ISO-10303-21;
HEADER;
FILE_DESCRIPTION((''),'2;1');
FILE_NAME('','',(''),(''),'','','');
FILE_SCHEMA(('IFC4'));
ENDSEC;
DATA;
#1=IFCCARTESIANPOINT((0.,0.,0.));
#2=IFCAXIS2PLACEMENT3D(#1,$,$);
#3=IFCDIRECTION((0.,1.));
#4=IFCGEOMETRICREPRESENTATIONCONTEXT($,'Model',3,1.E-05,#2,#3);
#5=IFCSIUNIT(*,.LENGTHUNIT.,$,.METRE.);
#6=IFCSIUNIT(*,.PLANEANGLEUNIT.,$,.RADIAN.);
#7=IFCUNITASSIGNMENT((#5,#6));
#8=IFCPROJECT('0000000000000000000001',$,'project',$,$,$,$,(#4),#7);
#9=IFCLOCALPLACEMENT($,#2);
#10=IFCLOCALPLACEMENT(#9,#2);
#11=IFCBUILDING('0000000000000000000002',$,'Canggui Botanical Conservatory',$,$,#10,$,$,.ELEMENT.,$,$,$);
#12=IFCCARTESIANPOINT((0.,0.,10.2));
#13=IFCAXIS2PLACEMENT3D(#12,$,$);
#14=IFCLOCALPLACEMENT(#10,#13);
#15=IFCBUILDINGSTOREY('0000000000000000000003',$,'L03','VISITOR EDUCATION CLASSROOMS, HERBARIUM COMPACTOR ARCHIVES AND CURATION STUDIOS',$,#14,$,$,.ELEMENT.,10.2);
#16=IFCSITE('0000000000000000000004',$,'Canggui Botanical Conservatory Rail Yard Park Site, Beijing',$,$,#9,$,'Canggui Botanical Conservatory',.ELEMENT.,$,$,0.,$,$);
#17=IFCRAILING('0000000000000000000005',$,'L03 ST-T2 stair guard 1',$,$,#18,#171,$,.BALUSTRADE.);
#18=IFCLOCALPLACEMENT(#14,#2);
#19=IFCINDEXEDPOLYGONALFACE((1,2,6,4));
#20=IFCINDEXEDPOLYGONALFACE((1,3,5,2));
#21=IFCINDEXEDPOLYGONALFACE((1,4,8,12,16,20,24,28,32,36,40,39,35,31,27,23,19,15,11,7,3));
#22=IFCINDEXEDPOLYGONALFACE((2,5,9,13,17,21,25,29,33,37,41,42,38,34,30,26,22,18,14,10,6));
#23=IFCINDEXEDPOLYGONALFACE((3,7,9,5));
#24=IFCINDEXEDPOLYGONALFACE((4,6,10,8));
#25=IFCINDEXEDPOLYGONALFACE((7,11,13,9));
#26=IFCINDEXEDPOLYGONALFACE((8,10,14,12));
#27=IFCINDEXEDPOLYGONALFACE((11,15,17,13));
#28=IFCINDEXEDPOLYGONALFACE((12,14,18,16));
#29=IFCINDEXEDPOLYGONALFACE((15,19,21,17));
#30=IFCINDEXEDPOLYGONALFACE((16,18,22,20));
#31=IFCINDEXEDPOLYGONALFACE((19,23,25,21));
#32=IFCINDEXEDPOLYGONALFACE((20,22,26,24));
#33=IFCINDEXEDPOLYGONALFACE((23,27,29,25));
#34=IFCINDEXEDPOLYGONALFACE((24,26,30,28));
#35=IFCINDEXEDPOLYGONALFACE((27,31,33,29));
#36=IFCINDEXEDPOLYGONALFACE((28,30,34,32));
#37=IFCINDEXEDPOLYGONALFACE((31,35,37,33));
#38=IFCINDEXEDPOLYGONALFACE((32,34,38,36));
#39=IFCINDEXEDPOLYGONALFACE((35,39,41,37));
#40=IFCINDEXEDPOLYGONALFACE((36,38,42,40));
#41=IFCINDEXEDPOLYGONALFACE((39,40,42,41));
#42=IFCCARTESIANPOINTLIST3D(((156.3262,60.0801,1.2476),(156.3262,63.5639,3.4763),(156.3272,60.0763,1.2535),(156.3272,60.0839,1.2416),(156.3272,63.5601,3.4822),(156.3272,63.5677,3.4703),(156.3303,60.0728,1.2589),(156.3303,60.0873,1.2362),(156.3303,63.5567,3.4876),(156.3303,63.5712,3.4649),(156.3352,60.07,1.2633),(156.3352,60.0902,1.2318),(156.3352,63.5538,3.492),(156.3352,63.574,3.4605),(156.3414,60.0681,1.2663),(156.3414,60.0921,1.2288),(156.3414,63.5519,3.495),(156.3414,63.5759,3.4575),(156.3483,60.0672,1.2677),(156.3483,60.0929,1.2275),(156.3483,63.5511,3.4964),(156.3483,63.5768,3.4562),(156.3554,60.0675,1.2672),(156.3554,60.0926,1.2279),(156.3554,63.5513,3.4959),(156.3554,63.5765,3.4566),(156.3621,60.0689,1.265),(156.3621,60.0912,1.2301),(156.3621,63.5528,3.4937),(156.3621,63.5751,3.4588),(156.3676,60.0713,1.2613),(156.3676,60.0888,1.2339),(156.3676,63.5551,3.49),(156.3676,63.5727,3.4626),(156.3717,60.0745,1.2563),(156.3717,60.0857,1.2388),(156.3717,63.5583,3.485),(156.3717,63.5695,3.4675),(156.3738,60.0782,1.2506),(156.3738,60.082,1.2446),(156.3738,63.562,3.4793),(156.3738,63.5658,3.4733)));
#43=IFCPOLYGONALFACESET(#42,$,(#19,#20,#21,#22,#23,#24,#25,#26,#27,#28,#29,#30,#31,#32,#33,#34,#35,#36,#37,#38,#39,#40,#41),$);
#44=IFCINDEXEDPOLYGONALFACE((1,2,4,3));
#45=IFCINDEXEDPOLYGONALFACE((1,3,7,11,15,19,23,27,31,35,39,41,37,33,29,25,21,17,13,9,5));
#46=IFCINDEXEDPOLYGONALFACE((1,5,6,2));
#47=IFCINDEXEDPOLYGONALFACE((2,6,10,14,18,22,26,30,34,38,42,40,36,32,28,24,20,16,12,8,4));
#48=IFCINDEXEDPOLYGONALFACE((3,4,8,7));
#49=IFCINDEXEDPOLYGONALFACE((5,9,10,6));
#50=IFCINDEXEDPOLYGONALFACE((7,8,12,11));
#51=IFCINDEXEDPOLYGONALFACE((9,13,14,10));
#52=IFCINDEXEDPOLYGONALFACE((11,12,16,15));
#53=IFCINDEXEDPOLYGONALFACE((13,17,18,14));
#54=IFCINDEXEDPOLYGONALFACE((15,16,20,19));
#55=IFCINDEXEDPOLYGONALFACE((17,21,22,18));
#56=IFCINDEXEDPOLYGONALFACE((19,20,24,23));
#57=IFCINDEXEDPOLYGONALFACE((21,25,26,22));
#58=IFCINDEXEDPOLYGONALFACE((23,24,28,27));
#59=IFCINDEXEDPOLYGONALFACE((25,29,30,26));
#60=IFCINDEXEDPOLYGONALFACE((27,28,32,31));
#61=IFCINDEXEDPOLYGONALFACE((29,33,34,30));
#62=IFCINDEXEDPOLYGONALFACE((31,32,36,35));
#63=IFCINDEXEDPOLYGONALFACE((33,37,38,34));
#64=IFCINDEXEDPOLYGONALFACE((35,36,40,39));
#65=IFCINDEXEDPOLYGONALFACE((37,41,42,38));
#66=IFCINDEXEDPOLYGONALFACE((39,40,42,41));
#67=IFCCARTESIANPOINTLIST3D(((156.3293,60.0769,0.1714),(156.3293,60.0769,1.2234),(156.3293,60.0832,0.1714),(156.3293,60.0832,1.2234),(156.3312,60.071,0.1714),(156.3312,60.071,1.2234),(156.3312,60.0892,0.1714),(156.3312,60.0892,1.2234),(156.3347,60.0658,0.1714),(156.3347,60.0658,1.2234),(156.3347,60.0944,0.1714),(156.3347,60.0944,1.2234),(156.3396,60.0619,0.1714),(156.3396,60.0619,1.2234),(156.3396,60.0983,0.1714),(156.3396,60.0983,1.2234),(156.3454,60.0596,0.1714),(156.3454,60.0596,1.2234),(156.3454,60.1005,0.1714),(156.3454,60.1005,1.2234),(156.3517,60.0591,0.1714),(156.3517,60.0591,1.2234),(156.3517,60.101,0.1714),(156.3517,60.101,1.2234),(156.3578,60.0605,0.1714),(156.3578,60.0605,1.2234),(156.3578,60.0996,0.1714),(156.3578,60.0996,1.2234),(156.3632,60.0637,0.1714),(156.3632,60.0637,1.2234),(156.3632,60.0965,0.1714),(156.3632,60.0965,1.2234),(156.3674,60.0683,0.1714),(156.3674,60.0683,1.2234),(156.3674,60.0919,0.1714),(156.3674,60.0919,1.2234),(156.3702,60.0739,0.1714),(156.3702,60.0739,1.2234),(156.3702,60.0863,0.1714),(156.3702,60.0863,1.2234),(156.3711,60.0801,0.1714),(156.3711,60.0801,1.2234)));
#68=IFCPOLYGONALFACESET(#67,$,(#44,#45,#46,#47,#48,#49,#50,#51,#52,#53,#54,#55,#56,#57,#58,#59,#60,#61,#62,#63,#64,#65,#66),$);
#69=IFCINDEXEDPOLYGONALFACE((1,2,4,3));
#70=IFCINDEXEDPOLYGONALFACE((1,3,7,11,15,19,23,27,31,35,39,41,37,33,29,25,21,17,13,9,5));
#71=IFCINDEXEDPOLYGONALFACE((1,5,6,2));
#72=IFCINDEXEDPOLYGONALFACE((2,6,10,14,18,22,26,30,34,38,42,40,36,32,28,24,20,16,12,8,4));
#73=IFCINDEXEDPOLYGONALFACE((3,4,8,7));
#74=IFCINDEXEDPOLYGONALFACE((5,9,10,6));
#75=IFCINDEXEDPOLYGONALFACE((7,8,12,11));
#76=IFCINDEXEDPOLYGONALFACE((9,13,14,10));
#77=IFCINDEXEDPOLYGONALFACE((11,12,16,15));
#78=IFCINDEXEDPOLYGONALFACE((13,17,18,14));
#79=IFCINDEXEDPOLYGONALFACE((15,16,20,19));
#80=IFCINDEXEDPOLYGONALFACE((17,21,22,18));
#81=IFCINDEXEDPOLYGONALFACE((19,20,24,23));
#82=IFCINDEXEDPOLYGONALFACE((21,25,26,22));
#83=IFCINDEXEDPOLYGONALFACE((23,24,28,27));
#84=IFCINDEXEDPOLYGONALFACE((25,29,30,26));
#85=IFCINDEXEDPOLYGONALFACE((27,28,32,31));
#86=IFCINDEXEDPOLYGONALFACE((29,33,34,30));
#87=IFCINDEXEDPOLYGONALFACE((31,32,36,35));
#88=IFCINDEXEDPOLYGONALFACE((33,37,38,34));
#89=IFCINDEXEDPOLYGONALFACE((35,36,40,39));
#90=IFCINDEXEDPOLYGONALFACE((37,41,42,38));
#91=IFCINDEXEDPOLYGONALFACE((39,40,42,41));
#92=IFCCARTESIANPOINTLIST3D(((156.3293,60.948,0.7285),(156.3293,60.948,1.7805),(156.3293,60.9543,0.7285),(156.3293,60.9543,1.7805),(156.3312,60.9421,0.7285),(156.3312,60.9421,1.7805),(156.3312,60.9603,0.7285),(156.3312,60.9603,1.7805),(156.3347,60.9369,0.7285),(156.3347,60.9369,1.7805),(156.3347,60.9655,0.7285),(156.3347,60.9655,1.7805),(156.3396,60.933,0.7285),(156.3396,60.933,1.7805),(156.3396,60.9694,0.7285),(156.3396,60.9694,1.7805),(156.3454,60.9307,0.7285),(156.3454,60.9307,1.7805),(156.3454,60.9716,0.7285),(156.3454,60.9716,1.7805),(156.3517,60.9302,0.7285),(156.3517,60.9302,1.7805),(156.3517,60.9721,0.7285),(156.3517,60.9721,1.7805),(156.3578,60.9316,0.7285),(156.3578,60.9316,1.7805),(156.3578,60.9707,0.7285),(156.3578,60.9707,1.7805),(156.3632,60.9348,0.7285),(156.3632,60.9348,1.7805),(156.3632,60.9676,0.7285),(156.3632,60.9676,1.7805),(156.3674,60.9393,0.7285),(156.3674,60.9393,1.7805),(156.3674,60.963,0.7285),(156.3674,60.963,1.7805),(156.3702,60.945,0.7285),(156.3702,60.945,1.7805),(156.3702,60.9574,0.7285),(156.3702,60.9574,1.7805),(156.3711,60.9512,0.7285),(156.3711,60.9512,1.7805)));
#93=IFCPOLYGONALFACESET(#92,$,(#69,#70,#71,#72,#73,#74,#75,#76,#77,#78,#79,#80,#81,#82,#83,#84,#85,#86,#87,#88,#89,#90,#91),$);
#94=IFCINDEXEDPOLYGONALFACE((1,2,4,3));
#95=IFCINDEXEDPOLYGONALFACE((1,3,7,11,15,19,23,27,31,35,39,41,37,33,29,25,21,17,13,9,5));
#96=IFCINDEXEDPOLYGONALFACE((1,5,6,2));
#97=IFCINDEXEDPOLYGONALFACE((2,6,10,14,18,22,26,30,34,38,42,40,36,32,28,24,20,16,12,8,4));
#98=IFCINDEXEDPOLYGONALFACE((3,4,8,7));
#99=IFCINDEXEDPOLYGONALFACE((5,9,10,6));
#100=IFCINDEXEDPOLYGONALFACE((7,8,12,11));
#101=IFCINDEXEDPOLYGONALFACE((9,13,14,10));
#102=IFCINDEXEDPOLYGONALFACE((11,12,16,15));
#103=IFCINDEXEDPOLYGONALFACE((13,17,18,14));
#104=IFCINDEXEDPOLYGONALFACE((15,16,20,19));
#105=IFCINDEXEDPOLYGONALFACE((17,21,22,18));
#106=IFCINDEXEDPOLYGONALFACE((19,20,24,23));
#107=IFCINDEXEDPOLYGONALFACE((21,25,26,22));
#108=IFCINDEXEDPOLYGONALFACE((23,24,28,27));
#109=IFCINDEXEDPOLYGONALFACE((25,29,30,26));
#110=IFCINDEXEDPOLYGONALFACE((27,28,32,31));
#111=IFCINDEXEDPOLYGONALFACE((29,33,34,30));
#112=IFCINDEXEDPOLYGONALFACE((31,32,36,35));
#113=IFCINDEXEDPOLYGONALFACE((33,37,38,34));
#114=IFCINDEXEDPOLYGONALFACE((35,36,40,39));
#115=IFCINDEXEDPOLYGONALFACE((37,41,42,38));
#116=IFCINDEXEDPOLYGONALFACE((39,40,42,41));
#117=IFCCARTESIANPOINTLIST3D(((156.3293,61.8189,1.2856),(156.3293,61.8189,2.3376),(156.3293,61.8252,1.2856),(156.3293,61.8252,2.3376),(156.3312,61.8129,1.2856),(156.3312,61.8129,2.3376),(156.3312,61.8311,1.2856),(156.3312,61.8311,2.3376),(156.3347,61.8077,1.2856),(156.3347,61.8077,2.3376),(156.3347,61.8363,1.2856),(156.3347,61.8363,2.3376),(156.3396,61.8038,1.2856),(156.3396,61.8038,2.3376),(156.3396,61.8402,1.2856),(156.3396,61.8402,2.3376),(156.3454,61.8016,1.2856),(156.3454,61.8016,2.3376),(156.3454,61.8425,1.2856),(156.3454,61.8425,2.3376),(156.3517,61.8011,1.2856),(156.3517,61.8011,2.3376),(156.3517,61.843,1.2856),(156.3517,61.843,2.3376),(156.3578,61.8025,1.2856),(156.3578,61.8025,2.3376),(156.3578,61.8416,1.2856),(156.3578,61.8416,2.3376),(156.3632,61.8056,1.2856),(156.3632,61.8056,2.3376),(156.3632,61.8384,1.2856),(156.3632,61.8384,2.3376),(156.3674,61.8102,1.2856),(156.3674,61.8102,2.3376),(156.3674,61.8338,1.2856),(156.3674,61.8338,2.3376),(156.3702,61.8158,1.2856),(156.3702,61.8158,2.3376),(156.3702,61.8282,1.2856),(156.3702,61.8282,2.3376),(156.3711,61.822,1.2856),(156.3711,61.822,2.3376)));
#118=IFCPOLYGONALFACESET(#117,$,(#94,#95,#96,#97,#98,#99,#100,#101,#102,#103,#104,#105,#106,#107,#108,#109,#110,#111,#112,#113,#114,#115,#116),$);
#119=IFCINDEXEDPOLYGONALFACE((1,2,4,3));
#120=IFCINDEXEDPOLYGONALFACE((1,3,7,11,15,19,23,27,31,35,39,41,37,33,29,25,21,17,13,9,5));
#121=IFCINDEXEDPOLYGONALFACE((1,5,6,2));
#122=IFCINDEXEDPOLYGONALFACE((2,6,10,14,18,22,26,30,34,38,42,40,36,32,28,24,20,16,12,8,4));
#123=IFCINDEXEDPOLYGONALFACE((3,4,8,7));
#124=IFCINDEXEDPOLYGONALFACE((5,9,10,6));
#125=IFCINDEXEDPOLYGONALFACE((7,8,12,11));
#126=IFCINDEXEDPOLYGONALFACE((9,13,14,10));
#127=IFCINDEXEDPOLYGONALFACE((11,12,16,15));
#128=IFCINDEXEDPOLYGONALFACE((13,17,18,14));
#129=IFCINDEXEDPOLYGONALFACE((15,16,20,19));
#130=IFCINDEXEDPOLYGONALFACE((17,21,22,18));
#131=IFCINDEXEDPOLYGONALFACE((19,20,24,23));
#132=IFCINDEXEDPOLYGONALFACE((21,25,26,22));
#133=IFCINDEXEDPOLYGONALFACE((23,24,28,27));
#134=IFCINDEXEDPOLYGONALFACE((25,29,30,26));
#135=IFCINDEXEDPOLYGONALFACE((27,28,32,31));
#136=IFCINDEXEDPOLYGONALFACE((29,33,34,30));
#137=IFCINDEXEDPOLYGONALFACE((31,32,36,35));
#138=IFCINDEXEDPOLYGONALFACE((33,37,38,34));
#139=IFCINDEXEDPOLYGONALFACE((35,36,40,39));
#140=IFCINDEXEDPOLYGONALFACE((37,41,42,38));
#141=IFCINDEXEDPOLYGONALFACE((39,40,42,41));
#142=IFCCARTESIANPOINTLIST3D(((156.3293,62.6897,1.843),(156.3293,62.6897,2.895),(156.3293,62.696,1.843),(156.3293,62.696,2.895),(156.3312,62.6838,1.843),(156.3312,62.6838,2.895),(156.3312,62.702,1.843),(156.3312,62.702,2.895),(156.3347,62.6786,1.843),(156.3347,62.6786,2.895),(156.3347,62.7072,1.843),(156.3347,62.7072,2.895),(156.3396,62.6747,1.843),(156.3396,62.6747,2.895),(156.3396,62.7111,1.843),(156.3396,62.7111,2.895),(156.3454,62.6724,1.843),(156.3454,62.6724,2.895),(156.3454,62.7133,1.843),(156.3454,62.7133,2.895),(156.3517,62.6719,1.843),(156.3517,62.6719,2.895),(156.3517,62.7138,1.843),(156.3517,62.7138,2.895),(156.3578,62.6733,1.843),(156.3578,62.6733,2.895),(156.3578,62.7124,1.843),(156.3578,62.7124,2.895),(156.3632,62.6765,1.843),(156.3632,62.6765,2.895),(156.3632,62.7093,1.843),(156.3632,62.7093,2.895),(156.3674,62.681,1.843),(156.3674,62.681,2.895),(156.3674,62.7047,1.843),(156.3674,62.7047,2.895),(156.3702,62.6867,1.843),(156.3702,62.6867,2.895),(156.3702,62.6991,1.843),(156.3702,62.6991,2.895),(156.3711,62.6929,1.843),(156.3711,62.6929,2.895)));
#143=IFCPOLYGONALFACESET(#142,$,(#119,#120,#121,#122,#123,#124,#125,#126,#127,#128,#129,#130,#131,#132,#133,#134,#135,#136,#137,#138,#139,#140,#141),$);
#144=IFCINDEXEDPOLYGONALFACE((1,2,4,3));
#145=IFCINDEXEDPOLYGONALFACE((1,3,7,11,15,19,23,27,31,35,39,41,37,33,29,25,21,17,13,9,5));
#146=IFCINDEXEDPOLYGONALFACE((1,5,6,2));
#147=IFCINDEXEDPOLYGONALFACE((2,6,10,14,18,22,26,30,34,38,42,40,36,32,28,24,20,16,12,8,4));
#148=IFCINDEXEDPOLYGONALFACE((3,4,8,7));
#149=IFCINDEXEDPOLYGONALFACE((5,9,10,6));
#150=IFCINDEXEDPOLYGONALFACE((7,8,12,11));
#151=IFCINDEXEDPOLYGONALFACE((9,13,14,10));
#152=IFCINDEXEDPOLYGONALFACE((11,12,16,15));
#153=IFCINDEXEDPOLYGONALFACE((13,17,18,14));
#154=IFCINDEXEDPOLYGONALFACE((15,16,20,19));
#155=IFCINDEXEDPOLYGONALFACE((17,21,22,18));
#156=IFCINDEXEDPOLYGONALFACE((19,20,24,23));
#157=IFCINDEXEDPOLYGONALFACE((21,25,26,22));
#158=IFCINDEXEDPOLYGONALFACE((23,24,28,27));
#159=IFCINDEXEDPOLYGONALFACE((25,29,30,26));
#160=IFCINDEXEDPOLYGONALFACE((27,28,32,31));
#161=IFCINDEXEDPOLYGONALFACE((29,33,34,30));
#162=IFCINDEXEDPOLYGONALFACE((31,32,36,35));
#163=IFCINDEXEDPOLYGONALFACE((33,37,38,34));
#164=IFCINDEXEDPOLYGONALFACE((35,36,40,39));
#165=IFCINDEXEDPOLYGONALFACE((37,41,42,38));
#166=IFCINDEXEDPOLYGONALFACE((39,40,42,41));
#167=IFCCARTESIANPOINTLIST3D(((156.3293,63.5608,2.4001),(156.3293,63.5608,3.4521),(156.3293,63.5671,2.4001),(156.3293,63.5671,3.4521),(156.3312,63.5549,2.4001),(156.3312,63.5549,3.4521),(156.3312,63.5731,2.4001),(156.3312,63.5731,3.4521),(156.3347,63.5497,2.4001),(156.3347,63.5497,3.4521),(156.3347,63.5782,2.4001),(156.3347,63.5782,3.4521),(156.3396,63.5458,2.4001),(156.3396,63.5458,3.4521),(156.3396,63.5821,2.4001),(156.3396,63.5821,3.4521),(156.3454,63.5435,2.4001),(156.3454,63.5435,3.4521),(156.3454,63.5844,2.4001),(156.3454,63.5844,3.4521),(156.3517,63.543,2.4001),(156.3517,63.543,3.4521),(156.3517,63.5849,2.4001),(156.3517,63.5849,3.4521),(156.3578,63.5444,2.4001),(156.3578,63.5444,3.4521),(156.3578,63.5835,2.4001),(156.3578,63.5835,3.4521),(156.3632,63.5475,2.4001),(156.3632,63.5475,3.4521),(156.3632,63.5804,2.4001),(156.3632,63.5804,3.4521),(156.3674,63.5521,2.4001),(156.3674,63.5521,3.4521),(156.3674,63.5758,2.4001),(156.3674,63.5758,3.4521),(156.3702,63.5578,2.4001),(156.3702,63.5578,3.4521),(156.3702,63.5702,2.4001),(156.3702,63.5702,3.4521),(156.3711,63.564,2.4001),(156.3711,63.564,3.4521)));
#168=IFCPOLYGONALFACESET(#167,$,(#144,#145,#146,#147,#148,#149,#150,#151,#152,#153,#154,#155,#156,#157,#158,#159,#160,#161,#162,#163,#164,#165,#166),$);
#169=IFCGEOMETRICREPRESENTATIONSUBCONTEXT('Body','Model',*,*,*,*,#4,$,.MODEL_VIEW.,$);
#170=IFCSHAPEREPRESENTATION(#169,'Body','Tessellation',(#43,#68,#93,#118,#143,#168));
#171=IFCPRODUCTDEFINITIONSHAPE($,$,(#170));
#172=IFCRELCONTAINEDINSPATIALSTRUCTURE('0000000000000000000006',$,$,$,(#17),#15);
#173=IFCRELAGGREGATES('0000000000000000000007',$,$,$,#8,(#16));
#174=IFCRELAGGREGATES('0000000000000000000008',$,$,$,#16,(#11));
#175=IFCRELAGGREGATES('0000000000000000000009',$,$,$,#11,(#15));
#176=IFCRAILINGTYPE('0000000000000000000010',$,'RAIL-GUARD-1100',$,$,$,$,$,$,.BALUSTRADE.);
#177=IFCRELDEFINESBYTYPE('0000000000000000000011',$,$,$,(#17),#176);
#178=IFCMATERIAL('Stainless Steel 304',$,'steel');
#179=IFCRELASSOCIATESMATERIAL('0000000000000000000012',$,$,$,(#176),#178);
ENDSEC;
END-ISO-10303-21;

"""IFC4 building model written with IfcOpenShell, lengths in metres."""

from ifc_helpers import new_model, si_unit, direction, frame, origin, origin_2d, place, context, subcontext, project, spatial, circle, extrude, material, type_object, element, save


model = new_model("IFC4")

# Units and contexts
model_context = context("Model", 3, precision=1e-05, world=origin(), true_north=direction((0.0, 1.0)))
body_context = subcontext(model_context, "Body", "Model", "MODEL_VIEW")
ifc_project = project(units=[si_unit("LENGTHUNIT", "METRE"), si_unit("PLANEANGLEUNIT", "RADIAN")], contexts=[model_context])

# Site, building, storey
site_placement = place(None, origin())
site = spatial("IfcSite", under=ifc_project, at=site_placement, Name="Canggui Botanical Conservatory Rail Yard Park Site, Beijing", LongName="Canggui Botanical Conservatory", CompositionType="ELEMENT", RefElevation=0.0)
building_placement = place(site_placement, origin())
building = spatial("IfcBuilding", under=site, at=building_placement, Name="Canggui Botanical Conservatory", CompositionType="ELEMENT")
storey_placement = place(building_placement, frame((0.0, 0.0, 10.2)))
storey = spatial("IfcBuildingStorey", under=building, at=storey_placement, Name="L03", Description="VISITOR EDUCATION CLASSROOMS, HERBARIUM COMPACTOR ARCHIVES AND CURATION STUDIOS", CompositionType="ELEMENT", Elevation=10.2)

# Shared definitions
ifc_material_1 = material(Name="Stainless Steel 304", Category="steel")

# Railing
railing_type_1 = type_object("IfcRailingType", Name="RAIL-GUARD-1100", PredefinedType="BALUSTRADE", material=ifc_material_1)
railing_1_placement = place(storey_placement, frame((156.3501, 60.0801, 0.1714)))
element("IfcRailing", 1, at=railing_1_placement, inside=storey, type_object=railing_type_1, Name="L03 ST-T2 stair guard 1", PredefinedType="BALUSTRADE", context=body_context, shape_type="SweptSolid", body=[
    extrude(circle(Radius=0.0239, at=origin_2d()), frame((0.0, 0.0, 1.0762), z_axis=(0.0, 0.842373, 0.538895), x_axis=(-1.0, 0.0, 0.0)), (0.0, 0.0, 1.0), 4.1357),
    extrude(circle(Radius=0.021, at=origin_2d()), origin(), (0.0, 0.0, 1.0), 1.052),
    extrude(circle(Radius=0.021, at=origin_2d()), frame((0.0, 0.8711, 0.5571)), (0.0, 0.0, 1.0), 1.052),
    extrude(circle(Radius=0.021, at=origin_2d()), frame((0.0, 1.7419, 1.1143)), (0.0, 0.0, 1.0), 1.052),
    extrude(circle(Radius=0.021, at=origin_2d()), frame((0.0, 2.6128, 1.6716)), (0.0, 0.0, 1.0), 1.052),
    extrude(circle(Radius=0.021, at=origin_2d()), frame((0.0, 3.4839, 2.2288)), (0.0, 0.0, 1.0), 1.052),
])

save(model, "model.ifc")
